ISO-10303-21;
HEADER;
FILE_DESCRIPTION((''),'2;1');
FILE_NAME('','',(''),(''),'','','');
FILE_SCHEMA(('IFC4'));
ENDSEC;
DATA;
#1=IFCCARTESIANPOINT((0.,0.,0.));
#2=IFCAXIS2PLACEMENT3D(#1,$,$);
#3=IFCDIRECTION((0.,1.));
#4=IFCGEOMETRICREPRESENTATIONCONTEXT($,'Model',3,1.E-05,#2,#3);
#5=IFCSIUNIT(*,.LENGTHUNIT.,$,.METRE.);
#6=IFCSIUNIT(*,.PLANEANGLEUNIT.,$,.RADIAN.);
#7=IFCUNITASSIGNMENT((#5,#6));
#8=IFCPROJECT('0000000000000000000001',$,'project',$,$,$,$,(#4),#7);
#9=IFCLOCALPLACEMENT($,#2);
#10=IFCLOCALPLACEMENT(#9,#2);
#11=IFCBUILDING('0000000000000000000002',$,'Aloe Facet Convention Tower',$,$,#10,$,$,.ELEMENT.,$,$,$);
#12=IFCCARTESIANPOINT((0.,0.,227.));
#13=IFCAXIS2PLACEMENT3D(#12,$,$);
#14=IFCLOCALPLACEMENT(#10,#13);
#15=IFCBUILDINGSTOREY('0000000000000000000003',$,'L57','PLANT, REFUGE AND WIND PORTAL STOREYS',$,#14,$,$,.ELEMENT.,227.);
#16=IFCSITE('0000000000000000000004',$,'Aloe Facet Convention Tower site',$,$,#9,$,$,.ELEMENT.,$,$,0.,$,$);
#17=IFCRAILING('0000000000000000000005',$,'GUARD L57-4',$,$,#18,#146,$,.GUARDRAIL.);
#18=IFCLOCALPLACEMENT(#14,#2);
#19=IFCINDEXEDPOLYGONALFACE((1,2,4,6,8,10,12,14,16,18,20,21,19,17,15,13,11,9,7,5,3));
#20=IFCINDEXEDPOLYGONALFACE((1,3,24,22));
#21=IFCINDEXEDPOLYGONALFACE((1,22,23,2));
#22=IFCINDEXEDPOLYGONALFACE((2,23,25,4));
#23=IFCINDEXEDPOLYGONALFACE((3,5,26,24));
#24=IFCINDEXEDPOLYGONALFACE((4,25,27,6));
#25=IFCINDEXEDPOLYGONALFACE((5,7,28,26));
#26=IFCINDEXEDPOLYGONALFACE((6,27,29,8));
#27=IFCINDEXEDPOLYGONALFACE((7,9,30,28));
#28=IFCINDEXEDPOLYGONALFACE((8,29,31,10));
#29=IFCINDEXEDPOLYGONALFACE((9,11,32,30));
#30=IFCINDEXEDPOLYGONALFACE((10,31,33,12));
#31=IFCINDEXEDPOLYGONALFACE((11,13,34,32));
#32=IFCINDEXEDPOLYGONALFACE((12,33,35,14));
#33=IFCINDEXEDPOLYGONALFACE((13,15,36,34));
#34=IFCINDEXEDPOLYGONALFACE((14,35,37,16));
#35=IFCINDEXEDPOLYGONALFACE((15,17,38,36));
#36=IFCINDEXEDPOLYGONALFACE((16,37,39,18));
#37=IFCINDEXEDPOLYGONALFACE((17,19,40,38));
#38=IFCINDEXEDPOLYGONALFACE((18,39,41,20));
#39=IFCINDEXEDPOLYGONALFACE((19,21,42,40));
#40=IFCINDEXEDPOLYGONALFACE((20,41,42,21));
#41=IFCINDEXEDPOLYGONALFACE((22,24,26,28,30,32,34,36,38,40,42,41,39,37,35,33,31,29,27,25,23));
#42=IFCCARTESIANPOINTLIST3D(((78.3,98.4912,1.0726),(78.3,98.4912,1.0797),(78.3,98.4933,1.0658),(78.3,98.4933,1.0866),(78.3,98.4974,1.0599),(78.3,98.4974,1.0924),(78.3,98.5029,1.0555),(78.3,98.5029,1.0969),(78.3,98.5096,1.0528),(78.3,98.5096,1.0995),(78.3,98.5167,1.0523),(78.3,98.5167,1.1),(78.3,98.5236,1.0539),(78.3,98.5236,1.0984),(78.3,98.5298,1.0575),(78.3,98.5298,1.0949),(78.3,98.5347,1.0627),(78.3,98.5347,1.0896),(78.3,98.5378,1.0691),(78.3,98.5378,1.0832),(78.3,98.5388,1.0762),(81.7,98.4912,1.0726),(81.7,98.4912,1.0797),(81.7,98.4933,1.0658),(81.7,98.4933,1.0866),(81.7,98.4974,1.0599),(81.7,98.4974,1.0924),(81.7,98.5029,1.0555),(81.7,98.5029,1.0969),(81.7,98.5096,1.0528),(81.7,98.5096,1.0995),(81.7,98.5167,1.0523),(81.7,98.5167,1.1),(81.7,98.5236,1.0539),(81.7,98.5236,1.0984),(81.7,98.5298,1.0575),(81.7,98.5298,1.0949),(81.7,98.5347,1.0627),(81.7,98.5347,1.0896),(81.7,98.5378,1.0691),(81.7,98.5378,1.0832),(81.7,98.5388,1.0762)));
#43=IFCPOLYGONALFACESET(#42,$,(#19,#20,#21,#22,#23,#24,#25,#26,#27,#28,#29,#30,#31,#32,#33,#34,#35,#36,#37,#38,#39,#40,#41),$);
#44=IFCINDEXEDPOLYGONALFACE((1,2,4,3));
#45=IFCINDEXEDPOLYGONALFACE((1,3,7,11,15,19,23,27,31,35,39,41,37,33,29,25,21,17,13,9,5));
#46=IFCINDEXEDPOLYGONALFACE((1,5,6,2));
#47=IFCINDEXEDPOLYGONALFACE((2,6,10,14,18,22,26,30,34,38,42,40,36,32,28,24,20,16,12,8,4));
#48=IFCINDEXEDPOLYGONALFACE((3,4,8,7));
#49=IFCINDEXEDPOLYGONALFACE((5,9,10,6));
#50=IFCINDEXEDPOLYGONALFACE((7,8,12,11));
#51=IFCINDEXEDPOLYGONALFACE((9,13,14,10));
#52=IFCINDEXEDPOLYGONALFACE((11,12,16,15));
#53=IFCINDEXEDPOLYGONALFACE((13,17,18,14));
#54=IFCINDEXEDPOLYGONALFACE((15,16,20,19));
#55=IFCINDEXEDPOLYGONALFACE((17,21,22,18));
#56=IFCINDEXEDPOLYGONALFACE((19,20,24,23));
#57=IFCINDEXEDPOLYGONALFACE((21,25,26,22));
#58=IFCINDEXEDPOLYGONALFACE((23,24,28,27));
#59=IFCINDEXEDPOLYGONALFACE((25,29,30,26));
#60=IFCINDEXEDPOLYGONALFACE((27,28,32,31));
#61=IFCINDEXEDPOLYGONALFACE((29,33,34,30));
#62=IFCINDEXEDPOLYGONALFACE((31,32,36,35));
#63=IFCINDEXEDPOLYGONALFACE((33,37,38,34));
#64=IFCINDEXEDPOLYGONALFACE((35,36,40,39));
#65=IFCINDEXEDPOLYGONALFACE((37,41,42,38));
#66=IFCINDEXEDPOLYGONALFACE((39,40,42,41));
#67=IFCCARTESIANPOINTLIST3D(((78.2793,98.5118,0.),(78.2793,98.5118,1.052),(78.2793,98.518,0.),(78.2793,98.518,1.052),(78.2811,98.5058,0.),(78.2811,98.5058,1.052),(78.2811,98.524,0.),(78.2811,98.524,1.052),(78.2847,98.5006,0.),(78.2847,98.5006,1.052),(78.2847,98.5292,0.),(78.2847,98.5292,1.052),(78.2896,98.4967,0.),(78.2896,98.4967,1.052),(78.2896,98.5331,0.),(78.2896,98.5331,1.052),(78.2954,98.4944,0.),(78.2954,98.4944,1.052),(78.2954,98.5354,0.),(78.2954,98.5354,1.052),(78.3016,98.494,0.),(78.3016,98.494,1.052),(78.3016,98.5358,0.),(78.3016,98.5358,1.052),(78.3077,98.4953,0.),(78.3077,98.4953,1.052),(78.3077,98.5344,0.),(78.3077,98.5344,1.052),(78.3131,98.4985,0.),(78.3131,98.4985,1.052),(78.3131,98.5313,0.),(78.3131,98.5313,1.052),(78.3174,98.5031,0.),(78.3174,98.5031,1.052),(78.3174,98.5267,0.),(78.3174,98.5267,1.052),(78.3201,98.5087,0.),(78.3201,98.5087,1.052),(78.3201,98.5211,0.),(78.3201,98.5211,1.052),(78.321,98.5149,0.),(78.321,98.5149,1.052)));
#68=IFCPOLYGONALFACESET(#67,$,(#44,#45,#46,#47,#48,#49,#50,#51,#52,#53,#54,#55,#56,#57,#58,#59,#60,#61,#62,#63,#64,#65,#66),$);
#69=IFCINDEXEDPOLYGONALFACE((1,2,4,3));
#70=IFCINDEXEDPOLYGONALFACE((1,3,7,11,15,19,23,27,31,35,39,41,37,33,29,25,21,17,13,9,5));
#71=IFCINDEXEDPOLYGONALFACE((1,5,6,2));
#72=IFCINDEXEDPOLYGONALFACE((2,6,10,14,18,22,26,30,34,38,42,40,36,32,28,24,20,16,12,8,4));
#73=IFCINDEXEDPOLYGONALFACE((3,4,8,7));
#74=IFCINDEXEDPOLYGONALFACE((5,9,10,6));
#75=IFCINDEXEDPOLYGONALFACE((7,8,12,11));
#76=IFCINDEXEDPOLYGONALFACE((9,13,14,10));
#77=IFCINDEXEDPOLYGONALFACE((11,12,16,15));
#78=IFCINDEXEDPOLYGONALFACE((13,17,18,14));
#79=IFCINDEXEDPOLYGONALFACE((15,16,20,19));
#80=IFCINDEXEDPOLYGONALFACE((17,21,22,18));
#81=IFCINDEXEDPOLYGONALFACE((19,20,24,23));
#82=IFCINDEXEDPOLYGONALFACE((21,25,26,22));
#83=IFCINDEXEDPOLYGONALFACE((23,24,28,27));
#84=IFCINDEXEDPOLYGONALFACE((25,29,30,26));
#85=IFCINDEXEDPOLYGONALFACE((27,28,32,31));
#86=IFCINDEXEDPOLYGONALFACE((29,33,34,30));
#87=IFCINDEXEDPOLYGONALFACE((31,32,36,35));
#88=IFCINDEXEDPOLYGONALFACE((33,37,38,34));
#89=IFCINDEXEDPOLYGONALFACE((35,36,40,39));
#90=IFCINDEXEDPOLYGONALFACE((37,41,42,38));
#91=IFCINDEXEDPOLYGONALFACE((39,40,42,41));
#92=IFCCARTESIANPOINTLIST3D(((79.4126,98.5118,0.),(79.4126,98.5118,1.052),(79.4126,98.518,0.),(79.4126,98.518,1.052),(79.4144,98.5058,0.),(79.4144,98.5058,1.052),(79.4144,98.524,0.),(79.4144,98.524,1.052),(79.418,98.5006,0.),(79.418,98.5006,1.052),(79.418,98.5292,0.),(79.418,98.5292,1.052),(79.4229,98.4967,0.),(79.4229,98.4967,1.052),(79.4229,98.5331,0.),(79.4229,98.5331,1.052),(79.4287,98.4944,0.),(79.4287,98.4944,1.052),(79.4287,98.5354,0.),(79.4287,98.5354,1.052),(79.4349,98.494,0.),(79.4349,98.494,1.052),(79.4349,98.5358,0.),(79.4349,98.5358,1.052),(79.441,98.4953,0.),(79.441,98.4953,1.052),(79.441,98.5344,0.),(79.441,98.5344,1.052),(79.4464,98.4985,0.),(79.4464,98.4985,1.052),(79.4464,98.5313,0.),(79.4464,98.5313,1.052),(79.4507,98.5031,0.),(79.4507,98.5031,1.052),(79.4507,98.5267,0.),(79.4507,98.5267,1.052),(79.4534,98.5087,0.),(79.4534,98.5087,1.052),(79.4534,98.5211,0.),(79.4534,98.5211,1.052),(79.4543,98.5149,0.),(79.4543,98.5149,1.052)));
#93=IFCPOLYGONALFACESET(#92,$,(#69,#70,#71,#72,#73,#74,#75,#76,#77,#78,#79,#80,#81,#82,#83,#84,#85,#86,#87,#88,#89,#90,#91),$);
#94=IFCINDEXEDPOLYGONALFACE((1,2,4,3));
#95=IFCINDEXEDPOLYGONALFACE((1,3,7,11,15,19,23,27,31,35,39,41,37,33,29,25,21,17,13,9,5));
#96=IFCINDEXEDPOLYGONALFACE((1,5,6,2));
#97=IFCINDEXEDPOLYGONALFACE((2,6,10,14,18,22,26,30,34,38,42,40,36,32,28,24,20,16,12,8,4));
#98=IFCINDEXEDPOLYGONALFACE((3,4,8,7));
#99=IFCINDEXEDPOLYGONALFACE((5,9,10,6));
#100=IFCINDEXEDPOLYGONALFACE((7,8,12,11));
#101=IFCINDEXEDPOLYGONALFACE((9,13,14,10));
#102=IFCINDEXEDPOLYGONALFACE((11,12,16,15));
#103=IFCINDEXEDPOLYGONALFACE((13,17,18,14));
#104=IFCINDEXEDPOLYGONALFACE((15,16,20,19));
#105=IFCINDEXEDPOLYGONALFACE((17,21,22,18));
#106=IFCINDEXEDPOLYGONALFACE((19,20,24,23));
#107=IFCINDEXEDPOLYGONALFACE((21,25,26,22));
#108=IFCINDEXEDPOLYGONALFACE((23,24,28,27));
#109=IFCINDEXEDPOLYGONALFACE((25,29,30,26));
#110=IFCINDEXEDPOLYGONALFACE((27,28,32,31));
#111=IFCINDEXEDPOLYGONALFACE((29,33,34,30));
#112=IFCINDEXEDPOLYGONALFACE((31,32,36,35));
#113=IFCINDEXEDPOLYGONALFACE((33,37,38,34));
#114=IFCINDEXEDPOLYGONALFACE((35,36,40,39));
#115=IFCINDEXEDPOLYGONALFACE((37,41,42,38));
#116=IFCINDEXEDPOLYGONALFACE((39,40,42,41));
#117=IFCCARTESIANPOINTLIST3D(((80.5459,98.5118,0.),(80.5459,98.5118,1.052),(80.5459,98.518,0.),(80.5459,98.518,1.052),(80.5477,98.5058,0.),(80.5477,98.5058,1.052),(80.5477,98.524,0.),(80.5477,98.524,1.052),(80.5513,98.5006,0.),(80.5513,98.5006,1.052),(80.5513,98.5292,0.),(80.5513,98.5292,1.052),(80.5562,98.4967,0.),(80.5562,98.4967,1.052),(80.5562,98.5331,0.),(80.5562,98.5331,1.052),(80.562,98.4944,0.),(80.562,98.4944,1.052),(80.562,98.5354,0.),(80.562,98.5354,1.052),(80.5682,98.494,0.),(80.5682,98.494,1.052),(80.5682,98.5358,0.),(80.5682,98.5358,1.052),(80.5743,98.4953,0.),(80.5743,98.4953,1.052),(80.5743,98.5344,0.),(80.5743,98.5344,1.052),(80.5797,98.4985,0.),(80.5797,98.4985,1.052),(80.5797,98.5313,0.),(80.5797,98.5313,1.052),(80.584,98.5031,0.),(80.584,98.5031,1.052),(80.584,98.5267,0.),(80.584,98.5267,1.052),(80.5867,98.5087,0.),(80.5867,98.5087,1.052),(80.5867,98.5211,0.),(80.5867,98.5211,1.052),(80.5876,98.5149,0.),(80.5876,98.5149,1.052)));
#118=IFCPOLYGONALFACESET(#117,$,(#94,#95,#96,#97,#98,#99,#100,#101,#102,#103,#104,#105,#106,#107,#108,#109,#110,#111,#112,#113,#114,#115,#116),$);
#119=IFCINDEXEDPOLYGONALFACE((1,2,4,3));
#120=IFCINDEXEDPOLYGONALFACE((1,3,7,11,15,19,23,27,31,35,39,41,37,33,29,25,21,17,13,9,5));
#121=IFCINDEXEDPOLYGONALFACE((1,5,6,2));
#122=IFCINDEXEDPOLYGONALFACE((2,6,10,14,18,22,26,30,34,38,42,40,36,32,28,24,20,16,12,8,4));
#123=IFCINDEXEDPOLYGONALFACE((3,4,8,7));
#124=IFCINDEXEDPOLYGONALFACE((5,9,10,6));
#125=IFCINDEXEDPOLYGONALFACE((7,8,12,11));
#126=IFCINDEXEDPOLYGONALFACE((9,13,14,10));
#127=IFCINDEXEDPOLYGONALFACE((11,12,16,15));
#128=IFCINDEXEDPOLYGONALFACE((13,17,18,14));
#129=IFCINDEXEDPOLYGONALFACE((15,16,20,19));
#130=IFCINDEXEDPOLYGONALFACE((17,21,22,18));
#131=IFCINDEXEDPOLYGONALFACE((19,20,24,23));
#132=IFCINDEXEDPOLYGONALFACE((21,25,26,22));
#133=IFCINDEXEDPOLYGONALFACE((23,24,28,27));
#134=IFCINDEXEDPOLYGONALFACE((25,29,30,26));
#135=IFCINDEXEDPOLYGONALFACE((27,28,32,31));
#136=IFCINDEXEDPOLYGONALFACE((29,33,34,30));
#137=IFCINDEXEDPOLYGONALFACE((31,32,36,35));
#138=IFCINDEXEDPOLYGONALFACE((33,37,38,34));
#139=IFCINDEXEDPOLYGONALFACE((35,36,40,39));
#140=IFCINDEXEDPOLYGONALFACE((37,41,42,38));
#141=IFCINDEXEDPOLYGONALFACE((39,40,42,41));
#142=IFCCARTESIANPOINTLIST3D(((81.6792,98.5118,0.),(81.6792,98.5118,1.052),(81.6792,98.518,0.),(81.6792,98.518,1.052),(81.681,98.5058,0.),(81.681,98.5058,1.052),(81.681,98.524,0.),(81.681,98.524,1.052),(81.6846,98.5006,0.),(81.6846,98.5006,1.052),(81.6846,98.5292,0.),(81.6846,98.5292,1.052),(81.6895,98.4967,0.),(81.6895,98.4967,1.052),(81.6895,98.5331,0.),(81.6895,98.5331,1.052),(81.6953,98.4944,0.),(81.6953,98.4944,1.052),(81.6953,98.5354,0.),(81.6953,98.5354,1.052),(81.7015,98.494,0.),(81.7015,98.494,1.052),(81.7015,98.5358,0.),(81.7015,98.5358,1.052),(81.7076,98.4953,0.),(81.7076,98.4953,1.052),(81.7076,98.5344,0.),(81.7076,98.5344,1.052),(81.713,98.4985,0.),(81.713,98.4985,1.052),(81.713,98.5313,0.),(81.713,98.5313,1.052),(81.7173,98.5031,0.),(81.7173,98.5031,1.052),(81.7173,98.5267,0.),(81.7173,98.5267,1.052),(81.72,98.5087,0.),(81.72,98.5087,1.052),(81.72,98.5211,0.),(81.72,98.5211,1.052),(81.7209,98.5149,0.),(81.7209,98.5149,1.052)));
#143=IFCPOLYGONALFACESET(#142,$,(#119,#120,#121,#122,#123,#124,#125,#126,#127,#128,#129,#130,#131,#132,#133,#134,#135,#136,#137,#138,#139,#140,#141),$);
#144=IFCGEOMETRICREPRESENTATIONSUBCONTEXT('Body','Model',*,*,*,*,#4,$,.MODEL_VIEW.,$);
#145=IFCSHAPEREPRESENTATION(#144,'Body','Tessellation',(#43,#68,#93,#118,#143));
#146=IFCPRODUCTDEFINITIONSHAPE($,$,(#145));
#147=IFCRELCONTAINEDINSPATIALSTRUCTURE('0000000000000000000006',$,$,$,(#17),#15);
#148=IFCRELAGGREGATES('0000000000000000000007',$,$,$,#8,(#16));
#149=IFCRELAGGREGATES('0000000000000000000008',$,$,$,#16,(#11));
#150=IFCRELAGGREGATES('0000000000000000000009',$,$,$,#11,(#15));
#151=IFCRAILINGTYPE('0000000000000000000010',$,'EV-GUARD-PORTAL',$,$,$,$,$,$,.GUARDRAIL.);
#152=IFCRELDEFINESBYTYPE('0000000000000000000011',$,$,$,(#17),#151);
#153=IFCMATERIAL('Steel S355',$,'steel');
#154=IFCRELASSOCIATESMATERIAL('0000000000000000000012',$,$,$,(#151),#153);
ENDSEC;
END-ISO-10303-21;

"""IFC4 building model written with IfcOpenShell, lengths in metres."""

from ifc_helpers import new_model, si_unit, direction, frame, origin, origin_2d, place, context, subcontext, project, spatial, circle, extrude, material, type_object, element, save


model = new_model("IFC4")

# Units and contexts
model_context = context("Model", 3, precision=1e-05, world=origin(), true_north=direction((0.0, 1.0)))
body_context = subcontext(model_context, "Body", "Model", "MODEL_VIEW")
ifc_project = project(units=[si_unit("LENGTHUNIT", "METRE"), si_unit("PLANEANGLEUNIT", "RADIAN")], contexts=[model_context])

# Site, building, storey
site_placement = place(None, origin())
site = spatial("IfcSite", under=ifc_project, at=site_placement, Name="Aloe Facet Convention Tower site", CompositionType="ELEMENT", RefElevation=0.0)
building_placement = place(site_placement, origin())
building = spatial("IfcBuilding", under=site, at=building_placement, Name="Aloe Facet Convention Tower", CompositionType="ELEMENT")
storey_placement = place(building_placement, frame((0.0, 0.0, 227.0)))
storey = spatial("IfcBuildingStorey", under=building, at=storey_placement, Name="L57", Description="PLANT, REFUGE AND WIND PORTAL STOREYS", CompositionType="ELEMENT", Elevation=227.0)

# Railing
ifc_material_1 = material(Name="Steel S355", Category="steel")
railing_type = type_object("IfcRailingType", Name="EV-GUARD-PORTAL", PredefinedType="GUARDRAIL", material=ifc_material_1)
railing_1_placement = place(storey_placement, frame((78.3, 98.5149, 0.0)))
element("IfcRailing", 1, at=railing_1_placement, inside=storey, type_object=railing_type, Name="GUARD L57-4", PredefinedType="GUARDRAIL", context=body_context, shape_type="SweptSolid", body=[
    extrude(circle(Radius=0.0239, at=origin_2d()), frame((0.0, 0.0, 1.0762), z_axis=(1.0, 0.0, 0.0), x_axis=(0.0, 1.0, 0.0)), (0.0, 0.0, 1.0), 3.3999),
    extrude(circle(Radius=0.021, at=origin_2d()), origin(), (0.0, 0.0, 1.0), 1.052),
    extrude(circle(Radius=0.021, at=origin_2d()), frame((1.1333, 0.0, 0.0)), (0.0, 0.0, 1.0), 1.052),
    extrude(circle(Radius=0.021, at=origin_2d()), frame((2.2666, 0.0, 0.0)), (0.0, 0.0, 1.0), 1.052),
    extrude(circle(Radius=0.021, at=origin_2d()), frame((3.3999, 0.0, 0.0)), (0.0, 0.0, 1.0), 1.052),
])

save(model, "model.ifc")
